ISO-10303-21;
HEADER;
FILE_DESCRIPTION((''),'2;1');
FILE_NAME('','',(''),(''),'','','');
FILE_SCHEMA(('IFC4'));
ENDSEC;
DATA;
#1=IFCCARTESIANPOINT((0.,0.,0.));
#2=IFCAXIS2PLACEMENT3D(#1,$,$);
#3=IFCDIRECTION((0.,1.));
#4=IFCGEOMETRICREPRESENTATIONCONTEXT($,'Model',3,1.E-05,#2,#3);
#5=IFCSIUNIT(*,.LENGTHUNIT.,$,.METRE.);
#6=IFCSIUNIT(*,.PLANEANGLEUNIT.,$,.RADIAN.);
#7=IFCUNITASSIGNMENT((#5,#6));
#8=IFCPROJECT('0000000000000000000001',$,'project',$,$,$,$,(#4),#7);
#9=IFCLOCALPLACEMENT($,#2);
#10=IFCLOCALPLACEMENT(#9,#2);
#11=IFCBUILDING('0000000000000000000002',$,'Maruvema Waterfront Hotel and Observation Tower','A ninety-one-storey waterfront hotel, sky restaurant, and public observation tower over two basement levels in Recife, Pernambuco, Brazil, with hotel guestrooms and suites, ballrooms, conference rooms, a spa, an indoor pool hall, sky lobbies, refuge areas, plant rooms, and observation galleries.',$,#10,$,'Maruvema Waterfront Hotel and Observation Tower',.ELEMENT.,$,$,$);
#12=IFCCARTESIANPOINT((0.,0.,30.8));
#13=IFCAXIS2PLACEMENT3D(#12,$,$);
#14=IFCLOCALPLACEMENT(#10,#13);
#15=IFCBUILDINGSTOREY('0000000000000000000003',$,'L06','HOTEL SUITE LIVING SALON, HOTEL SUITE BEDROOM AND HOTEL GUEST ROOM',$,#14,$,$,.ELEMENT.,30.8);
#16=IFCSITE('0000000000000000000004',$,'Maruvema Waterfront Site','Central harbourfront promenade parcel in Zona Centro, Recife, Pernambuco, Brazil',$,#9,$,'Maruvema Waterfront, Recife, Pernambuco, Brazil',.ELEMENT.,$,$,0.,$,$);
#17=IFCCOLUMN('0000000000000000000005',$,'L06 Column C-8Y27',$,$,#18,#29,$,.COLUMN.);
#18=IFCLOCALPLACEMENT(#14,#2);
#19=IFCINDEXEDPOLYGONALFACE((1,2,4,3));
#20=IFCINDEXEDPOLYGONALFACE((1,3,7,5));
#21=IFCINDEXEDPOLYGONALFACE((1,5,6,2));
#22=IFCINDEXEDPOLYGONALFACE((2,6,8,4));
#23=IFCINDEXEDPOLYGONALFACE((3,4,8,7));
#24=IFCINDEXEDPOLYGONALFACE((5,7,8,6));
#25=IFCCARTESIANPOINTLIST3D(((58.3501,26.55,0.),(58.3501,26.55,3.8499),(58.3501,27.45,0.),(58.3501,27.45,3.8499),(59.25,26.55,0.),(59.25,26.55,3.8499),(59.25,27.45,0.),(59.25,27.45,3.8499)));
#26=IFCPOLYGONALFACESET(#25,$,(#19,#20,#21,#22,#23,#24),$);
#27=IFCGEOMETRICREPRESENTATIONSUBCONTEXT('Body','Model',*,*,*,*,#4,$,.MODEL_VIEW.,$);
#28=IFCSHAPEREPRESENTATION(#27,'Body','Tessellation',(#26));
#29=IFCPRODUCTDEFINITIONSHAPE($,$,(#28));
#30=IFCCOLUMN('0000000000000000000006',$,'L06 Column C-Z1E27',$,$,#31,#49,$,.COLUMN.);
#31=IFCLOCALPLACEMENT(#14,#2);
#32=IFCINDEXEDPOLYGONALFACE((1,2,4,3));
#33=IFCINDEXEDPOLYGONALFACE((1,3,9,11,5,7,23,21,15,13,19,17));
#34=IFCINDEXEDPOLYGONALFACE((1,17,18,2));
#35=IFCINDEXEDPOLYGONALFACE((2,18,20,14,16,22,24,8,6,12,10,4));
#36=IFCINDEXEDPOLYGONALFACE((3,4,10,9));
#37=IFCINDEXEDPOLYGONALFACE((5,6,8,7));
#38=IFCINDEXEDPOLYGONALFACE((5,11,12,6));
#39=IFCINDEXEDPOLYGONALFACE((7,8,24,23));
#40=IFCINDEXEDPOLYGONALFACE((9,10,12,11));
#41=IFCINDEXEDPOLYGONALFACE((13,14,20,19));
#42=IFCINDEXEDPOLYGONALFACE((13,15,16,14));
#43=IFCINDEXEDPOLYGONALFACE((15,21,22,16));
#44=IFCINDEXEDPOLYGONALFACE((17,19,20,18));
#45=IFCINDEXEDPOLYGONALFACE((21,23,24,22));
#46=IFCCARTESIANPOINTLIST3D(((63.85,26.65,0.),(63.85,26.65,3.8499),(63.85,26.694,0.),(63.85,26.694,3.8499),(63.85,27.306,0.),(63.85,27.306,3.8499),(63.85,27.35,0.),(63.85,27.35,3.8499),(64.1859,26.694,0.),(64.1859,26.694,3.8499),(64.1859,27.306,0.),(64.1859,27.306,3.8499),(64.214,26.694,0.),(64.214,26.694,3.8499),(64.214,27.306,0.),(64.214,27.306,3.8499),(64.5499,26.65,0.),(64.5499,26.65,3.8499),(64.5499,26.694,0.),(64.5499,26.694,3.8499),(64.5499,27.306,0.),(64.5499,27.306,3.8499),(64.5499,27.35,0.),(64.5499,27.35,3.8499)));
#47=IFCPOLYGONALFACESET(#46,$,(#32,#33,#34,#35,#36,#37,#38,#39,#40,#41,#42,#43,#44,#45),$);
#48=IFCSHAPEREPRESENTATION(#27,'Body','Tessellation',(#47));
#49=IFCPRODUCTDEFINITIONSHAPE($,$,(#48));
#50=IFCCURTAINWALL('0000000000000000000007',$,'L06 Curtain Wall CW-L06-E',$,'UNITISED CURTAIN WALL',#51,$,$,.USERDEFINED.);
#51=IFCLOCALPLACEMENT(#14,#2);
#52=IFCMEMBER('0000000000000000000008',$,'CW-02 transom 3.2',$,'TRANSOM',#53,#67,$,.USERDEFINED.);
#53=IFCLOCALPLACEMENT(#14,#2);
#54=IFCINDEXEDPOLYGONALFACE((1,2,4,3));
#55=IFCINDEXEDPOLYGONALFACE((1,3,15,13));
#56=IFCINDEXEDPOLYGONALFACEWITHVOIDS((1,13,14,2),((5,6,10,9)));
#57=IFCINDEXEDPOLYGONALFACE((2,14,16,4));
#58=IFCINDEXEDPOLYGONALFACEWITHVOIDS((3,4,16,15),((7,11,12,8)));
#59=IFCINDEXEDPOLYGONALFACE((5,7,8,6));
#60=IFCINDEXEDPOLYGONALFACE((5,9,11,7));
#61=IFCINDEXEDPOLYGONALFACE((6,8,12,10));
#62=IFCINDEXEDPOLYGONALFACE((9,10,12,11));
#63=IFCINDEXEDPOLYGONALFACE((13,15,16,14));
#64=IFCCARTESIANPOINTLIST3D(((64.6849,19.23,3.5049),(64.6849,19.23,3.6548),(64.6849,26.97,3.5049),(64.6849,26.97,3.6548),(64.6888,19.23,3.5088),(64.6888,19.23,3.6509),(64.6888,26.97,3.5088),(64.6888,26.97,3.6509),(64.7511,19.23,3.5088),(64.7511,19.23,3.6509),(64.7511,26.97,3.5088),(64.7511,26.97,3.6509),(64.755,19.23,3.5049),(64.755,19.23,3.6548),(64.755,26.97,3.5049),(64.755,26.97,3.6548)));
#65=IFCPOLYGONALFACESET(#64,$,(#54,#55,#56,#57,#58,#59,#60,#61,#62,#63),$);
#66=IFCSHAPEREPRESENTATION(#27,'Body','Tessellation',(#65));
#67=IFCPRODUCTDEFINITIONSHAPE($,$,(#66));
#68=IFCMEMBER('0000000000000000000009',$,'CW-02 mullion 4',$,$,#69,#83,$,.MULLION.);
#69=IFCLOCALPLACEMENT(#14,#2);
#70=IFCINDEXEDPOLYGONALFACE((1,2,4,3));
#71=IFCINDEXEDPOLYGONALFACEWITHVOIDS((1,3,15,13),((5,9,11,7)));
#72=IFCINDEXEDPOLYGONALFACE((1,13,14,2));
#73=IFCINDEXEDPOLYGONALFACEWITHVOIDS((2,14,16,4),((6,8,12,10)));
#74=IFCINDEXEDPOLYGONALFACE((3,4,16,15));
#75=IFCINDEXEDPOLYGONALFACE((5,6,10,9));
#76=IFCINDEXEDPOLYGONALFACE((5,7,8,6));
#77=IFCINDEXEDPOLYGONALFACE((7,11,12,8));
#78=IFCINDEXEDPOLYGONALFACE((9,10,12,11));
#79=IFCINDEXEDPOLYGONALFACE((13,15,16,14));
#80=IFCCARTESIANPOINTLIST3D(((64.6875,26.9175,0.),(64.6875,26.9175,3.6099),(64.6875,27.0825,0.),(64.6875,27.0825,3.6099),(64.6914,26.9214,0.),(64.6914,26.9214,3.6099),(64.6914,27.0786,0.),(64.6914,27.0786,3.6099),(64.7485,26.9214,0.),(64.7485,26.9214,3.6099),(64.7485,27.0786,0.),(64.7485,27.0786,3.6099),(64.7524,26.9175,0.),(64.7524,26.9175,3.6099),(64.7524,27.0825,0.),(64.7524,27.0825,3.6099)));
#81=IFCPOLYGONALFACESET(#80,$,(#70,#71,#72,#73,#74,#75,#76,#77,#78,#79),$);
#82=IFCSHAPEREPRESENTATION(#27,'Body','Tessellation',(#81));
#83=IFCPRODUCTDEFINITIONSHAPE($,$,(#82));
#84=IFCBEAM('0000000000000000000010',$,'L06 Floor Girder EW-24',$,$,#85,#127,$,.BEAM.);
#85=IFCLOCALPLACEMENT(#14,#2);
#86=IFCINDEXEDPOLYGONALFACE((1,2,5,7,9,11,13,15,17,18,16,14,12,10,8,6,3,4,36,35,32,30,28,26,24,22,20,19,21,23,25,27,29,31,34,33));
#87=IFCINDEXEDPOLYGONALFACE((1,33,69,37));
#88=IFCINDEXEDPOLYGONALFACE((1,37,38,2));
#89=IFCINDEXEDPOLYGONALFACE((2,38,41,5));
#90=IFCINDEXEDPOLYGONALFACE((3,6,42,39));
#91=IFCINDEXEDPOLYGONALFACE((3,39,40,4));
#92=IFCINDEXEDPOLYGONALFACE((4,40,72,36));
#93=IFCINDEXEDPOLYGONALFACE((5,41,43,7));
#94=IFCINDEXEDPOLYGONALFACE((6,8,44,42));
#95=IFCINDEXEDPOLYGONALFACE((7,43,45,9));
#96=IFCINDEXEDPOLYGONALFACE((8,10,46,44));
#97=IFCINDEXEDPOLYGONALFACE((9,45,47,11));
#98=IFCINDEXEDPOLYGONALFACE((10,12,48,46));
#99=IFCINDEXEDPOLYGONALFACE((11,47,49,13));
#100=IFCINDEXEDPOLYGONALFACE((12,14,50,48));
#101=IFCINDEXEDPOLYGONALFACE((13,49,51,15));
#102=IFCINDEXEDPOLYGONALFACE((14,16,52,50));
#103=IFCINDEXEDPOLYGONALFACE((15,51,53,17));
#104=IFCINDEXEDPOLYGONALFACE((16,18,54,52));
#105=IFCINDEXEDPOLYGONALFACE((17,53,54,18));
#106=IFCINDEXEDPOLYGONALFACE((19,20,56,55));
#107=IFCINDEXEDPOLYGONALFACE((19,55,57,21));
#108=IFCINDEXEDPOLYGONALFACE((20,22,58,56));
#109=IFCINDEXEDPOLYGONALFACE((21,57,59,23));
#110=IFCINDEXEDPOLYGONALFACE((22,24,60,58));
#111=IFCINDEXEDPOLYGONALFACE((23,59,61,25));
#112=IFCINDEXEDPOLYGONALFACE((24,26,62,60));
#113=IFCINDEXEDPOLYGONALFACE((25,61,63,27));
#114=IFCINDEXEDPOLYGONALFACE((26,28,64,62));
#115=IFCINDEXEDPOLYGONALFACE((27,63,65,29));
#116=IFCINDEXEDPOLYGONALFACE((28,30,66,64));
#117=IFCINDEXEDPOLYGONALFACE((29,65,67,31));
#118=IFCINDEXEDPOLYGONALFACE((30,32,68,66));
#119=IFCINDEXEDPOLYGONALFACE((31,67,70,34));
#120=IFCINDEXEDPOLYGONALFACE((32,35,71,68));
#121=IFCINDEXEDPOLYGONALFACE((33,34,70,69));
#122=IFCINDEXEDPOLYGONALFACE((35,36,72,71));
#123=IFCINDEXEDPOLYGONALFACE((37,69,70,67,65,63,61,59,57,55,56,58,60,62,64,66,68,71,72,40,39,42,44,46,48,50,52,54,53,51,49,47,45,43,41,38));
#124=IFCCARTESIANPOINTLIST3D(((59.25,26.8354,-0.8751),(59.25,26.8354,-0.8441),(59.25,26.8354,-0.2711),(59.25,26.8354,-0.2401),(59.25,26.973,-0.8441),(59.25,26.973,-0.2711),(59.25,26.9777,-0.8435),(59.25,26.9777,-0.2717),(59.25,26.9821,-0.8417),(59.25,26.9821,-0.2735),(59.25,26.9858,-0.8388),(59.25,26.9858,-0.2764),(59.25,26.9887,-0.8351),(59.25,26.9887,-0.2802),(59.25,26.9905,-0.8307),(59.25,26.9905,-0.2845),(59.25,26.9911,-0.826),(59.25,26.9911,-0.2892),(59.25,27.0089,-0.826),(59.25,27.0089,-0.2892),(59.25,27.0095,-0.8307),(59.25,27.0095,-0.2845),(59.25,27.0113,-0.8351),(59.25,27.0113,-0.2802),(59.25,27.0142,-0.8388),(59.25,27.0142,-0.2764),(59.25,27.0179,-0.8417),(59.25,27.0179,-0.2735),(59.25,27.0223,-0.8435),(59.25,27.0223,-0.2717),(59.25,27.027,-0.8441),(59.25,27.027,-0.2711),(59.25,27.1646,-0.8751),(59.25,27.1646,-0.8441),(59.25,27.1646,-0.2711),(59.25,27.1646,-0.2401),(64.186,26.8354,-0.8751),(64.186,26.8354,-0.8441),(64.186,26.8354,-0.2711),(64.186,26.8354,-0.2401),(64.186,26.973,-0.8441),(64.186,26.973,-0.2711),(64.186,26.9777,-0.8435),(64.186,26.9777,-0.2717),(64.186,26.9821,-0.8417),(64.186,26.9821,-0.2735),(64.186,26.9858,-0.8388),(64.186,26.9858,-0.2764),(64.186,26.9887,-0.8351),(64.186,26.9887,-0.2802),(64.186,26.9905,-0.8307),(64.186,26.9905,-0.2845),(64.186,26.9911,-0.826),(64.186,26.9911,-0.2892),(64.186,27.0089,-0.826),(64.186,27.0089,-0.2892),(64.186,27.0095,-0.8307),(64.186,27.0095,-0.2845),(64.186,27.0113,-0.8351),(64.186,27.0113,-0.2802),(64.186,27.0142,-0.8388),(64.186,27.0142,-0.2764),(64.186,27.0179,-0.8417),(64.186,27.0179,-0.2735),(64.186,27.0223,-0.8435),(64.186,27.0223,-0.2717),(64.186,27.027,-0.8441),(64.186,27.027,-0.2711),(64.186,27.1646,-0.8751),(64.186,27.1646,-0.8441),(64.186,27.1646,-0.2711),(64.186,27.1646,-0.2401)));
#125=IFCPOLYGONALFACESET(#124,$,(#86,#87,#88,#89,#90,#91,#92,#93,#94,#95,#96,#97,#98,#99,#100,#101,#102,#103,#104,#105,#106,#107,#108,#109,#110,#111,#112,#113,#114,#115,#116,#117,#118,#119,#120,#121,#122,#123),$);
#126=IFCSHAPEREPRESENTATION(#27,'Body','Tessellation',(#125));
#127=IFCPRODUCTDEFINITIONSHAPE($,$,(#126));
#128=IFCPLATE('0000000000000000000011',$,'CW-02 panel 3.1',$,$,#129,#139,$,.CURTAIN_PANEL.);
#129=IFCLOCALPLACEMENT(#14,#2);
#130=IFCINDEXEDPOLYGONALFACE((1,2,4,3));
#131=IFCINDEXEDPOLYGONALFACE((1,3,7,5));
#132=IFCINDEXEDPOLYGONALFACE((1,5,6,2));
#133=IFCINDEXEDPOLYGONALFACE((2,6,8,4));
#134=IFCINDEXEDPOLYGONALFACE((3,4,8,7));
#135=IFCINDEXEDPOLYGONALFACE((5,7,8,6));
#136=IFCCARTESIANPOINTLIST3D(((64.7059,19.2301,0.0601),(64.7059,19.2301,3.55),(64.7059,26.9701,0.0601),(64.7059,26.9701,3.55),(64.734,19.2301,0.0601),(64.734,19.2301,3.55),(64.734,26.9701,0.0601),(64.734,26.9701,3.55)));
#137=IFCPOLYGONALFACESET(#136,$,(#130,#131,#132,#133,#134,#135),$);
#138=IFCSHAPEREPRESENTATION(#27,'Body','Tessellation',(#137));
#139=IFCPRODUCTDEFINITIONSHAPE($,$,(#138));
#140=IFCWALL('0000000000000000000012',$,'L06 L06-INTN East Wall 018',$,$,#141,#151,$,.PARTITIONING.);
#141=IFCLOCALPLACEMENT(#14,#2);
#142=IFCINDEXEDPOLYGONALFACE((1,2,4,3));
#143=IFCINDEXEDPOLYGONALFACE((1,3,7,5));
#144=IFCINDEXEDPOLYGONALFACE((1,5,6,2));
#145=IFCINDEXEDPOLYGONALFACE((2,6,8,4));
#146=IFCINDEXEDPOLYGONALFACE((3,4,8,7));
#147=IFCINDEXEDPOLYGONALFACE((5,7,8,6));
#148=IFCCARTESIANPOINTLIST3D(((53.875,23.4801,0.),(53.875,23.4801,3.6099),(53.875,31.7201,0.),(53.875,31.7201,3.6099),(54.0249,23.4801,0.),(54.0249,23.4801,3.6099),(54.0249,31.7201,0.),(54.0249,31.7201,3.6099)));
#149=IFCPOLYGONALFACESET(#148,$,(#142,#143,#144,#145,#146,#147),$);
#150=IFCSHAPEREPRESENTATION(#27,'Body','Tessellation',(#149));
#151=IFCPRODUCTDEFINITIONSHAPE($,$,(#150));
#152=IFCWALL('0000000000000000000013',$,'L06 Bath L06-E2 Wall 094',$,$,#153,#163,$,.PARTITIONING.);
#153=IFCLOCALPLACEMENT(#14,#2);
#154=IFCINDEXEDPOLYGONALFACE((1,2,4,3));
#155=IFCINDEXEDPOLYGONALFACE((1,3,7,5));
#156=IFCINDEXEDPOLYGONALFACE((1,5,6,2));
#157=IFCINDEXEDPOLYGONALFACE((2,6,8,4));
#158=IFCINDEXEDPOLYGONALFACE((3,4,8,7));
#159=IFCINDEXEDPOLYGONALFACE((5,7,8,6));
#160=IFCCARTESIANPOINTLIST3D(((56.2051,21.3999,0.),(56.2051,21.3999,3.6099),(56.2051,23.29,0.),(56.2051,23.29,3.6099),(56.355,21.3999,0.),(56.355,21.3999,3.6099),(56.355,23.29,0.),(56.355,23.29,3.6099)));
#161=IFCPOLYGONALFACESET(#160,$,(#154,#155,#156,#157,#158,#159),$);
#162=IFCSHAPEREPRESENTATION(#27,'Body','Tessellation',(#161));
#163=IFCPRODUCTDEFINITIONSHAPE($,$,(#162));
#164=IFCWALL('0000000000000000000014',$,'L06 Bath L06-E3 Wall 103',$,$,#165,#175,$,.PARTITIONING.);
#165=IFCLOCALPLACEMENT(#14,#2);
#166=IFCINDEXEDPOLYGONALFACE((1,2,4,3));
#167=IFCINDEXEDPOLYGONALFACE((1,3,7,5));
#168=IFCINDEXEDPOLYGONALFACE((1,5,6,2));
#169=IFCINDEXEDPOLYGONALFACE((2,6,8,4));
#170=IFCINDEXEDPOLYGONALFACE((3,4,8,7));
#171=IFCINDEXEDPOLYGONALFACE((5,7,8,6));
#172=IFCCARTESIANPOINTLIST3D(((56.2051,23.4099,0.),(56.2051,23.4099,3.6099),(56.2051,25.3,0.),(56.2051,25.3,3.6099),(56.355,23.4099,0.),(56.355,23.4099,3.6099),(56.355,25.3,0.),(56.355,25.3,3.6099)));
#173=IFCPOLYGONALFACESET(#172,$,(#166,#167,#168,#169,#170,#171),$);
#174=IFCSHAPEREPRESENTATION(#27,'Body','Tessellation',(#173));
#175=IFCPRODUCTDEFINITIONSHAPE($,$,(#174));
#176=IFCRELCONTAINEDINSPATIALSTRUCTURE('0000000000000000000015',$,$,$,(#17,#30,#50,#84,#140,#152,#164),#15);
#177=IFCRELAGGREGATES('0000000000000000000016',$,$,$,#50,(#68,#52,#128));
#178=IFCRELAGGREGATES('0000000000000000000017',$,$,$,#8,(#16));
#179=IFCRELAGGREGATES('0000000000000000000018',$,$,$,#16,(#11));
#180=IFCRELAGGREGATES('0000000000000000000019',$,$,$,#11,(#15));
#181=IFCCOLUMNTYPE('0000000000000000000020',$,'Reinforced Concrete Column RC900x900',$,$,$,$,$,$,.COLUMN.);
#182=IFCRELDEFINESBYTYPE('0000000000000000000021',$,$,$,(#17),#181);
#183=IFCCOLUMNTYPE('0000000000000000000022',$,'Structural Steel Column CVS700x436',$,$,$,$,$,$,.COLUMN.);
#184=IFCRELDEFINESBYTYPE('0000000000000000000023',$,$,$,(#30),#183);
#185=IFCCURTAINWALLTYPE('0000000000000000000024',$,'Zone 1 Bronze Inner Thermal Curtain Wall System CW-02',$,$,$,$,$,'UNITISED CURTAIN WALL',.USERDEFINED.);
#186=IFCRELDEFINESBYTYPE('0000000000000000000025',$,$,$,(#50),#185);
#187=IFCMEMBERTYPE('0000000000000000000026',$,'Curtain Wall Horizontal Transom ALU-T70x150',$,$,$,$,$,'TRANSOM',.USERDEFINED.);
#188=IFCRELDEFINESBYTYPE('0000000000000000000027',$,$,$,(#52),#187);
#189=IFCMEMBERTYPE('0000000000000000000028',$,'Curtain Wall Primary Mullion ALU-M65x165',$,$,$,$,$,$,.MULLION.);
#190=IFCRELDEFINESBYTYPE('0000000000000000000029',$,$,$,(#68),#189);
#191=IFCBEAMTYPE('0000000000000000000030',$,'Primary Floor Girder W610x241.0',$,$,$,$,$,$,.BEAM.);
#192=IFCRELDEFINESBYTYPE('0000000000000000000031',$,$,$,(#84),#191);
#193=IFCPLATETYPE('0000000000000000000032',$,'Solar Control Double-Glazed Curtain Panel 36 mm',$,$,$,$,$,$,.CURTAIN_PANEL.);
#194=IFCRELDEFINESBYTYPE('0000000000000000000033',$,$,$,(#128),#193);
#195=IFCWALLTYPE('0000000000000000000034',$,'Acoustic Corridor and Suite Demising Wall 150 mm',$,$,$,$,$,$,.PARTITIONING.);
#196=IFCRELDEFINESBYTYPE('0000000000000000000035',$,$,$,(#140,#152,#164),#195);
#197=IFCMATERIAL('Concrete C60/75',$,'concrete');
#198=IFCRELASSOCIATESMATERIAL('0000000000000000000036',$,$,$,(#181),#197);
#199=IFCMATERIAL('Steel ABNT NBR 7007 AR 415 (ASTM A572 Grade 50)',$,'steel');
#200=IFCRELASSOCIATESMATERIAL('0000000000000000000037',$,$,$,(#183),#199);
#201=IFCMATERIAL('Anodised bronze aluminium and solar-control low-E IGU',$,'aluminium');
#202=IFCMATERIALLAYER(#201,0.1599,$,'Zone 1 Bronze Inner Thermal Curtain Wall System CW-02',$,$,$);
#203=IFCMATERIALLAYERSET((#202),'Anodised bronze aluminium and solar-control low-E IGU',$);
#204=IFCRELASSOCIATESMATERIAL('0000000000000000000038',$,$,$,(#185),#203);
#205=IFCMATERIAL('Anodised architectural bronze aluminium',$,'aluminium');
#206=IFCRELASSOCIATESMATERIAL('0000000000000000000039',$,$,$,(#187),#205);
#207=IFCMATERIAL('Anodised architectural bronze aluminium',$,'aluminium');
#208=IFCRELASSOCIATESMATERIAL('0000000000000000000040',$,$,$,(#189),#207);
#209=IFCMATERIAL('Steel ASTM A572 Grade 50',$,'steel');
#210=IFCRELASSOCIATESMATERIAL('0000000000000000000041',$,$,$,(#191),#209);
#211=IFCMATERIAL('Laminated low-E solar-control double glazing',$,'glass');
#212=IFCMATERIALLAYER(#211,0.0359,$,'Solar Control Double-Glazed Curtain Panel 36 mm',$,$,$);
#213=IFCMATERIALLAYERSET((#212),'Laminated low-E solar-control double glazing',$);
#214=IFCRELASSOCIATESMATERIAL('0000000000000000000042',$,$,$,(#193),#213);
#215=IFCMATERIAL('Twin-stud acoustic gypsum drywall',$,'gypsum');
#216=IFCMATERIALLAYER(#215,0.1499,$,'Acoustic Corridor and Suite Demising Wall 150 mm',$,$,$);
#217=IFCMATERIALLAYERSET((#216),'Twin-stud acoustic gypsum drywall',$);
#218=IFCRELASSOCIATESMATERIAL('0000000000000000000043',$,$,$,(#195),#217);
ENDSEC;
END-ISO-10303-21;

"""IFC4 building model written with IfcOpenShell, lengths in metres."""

from ifc_helpers import new_model, si_unit, direction, frame, frame_2d, origin, origin_2d, place, context, subcontext, project, spatial, rectangle, hollow_rectangle, i_section, extrude, material, layer, layer_set, material_profile, profile_set, type_object, element, aggregate, save


model = new_model("IFC4")

# Units and contexts
model_context = context("Model", 3, precision=1e-05, world=origin(), true_north=direction((0.0, 1.0)))
body_context = subcontext(model_context, "Body", "Model", "MODEL_VIEW")
ifc_project = project(units=[si_unit("LENGTHUNIT", "METRE"), si_unit("PLANEANGLEUNIT", "RADIAN")], contexts=[model_context])

# Site, building, storey
site_placement = place(None, origin())
site = spatial("IfcSite", under=ifc_project, at=site_placement, Name="Maruvema Waterfront Site", Description="Central harbourfront promenade parcel in Zona Centro, Recife, Pernambuco, Brazil", LongName="Maruvema Waterfront, Recife, Pernambuco, Brazil", CompositionType="ELEMENT", RefElevation=0.0)
building_placement = place(site_placement, origin())
building = spatial("IfcBuilding", under=site, at=building_placement, Name="Maruvema Waterfront Hotel and Observation Tower", Description="A ninety-one-storey waterfront hotel, sky restaurant, and public observation tower over two basement levels in Recife, Pernambuco, Brazil, with hotel guestrooms and suites, ballrooms, conference rooms, a spa, an indoor pool hall, sky lobbies, refuge areas, plant rooms, and observation galleries.", LongName="Maruvema Waterfront Hotel and Observation Tower", CompositionType="ELEMENT")
storey_placement = place(building_placement, frame((0.0, 0.0, 30.8)))
storey = spatial("IfcBuildingStorey", under=building, at=storey_placement, Name="L06", Description="HOTEL SUITE LIVING SALON, HOTEL SUITE BEDROOM AND HOTEL GUEST ROOM", CompositionType="ELEMENT", Elevation=30.8)

# Columns
ifc_material_1 = material(Name="Concrete C60/75", Category="concrete")
ifc_material_profile_1 = material_profile(ifc_material_1, rectangle(XDim=0.8999, YDim=0.8999, at=origin_2d()), Name="RC900x900")
ifc_profile_set_1 = profile_set([ifc_material_profile_1], Name="Concrete C60/75")
column_type_1 = type_object("IfcColumnType", Name="Reinforced Concrete Column RC900x900", PredefinedType="COLUMN", material=ifc_profile_set_1)
column_1_placement = place(storey_placement, frame((58.8, 27.0, 0.0), z_axis=(0.0, 0.0, 1.0), x_axis=(1.0, 0.0, 0.0)))
element("IfcColumn", 1, at=column_1_placement, inside=storey, type_object=column_type_1, Name="L06 Column C-8Y27", PredefinedType="COLUMN", context=body_context, shape_type="SweptSolid", body=[
    extrude(rectangle(XDim=0.8999, YDim=0.8999, at=origin_2d()), origin(), (0.0, 0.0, 1.0), 3.8499),
])
ifc_material_2 = material(Name="Steel ABNT NBR 7007 AR 415 (ASTM A572 Grade 50)", Category="steel")
ifc_material_profile_2 = material_profile(ifc_material_2, i_section(OverallWidth=0.7, OverallDepth=0.7, WebThickness=0.0281, FlangeThickness=0.0439, at=origin_2d()), Name="CVS700x436")
ifc_profile_set_2 = profile_set([ifc_material_profile_2], Name="Steel ABNT NBR 7007 AR 415 (ASTM A572 Grade 50)")
column_type_2 = type_object("IfcColumnType", Name="Structural Steel Column CVS700x436", PredefinedType="COLUMN", material=ifc_profile_set_2)
column_2_placement = place(storey_placement, frame((64.2, 27.0, 0.0), z_axis=(0.0, 0.0, 1.0), x_axis=(1.0, 0.0, 0.0)))
element("IfcColumn", 2, at=column_2_placement, inside=storey, type_object=column_type_2, Name="L06 Column C-Z1E27", PredefinedType="COLUMN", context=body_context, shape_type="SweptSolid", body=[
    extrude(i_section(OverallWidth=0.7, OverallDepth=0.7, WebThickness=0.0281, FlangeThickness=0.0439, at=origin_2d()), origin(), (0.0, 0.0, 1.0), 3.8499),
])

# Curtain wall, members
ifc_material_3 = material(Name="Anodised bronze aluminium and solar-control low-E IGU", Category="aluminium")
ifc_layer_1 = layer(ifc_material_3, 0.1599, Name="Zone 1 Bronze Inner Thermal Curtain Wall System CW-02")
ifc_layer_set_1 = layer_set([ifc_layer_1], Name="Anodised bronze aluminium and solar-control low-E IGU")
curtain_wall_type = type_object("IfcCurtainWallType", Name="Zone 1 Bronze Inner Thermal Curtain Wall System CW-02", ElementType="UNITISED CURTAIN WALL", PredefinedType="USERDEFINED", material=ifc_layer_set_1)
curtain_wall_placement = place(storey_placement, origin())
curtain_wall = element("IfcCurtainWall", 3, at=curtain_wall_placement, inside=storey, type_object=curtain_wall_type, Name="L06 Curtain Wall CW-L06-E", ObjectType="UNITISED CURTAIN WALL", PredefinedType="USERDEFINED")
ifc_material_4 = material(Name="Anodised architectural bronze aluminium", Category="aluminium")
ifc_material_profile_3 = material_profile(ifc_material_4, hollow_rectangle(XDim=0.0701, YDim=0.1499, WallThickness=0.0039, at=origin_2d()), Name="ALU-T70x150")
ifc_profile_set_3 = profile_set([ifc_material_profile_3], Name="Anodised architectural bronze aluminium")
member_type_1 = type_object("IfcMemberType", Name="Curtain Wall Horizontal Transom ALU-T70x150", ElementType="TRANSOM", PredefinedType="USERDEFINED", material=ifc_profile_set_3)
member_1_placement = place(storey_placement, frame((64.72, 19.23, 3.5798), z_axis=(0.0, 1.0, 0.0), x_axis=(-1.0, 0.0, 0.0)))
member_1 = element("IfcMember", 4, at=member_1_placement, type_object=member_type_1, Name="CW-02 transom 3.2", ObjectType="TRANSOM", PredefinedType="USERDEFINED", context=body_context, shape_type="SweptSolid", body=[
    extrude(hollow_rectangle(XDim=0.0701, YDim=0.1499, WallThickness=0.0039, at=origin_2d()), origin(), (0.0, 0.0, 1.0), 7.74),
])
ifc_material_5 = material(Name="Anodised architectural bronze aluminium", Category="aluminium")
ifc_material_profile_4 = material_profile(ifc_material_5, hollow_rectangle(XDim=0.0649, YDim=0.165, WallThickness=0.0039, at=origin_2d()), Name="ALU-M65x165")
ifc_profile_set_4 = profile_set([ifc_material_profile_4], Name="Anodised architectural bronze aluminium")
member_type_2 = type_object("IfcMemberType", Name="Curtain Wall Primary Mullion ALU-M65x165", PredefinedType="MULLION", material=ifc_profile_set_4)
member_2_placement = place(storey_placement, frame((64.72, 27.0, 0.0), z_axis=(0.0, 0.0, 1.0), x_axis=(-1.0, 0.0, 0.0)))
member_2 = element("IfcMember", 5, at=member_2_placement, type_object=member_type_2, Name="CW-02 mullion 4", PredefinedType="MULLION", context=body_context, shape_type="SweptSolid", body=[
    extrude(hollow_rectangle(XDim=0.0649, YDim=0.165, WallThickness=0.0039, at=origin_2d()), origin(), (0.0, 0.0, 1.0), 3.6099),
])

# Beam
ifc_material_6 = material(Name="Steel ASTM A572 Grade 50", Category="steel")
ifc_material_profile_5 = material_profile(ifc_material_6, i_section(OverallWidth=0.3291, OverallDepth=0.635, WebThickness=0.0178, FlangeThickness=0.031, FilletRadius=0.0181, at=origin_2d()), Name="W610x241.0")
ifc_profile_set_5 = profile_set([ifc_material_profile_5], Name="Steel ASTM A572 Grade 50")
beam_type = type_object("IfcBeamType", Name="Primary Floor Girder W610x241.0", PredefinedType="BEAM", material=ifc_profile_set_5)
beam_placement = place(storey_placement, frame((59.25, 27.0, -0.5576), z_axis=(1.0, 0.0, 0.0), x_axis=(0.0, 1.0, 0.0)))
element("IfcBeam", 6, at=beam_placement, inside=storey, type_object=beam_type, Name="L06 Floor Girder EW-24", PredefinedType="BEAM", context=body_context, shape_type="SweptSolid", body=[
    extrude(i_section(OverallWidth=0.3291, OverallDepth=0.635, WebThickness=0.0178, FlangeThickness=0.031, FilletRadius=0.0181, at=origin_2d()), origin(), (0.0, 0.0, 1.0), 4.936),
])

# Plate
ifc_material_7 = material(Name="Laminated low-E solar-control double glazing", Category="glass")
ifc_layer_2 = layer(ifc_material_7, 0.0359, Name="Solar Control Double-Glazed Curtain Panel 36 mm")
ifc_layer_set_2 = layer_set([ifc_layer_2], Name="Laminated low-E solar-control double glazing")
plate_type = type_object("IfcPlateType", Name="Solar Control Double-Glazed Curtain Panel 36 mm", PredefinedType="CURTAIN_PANEL", material=ifc_layer_set_2)
plate_placement = place(storey_placement, frame((64.72, 23.1001, 0.0601), z_axis=(0.0, 0.0, 1.0), x_axis=(0.0, 1.0, 0.0)))
plate = element("IfcPlate", 7, at=plate_placement, type_object=plate_type, Name="CW-02 panel 3.1", PredefinedType="CURTAIN_PANEL", context=body_context, shape_type="SweptSolid", body=[
    extrude(rectangle(XDim=7.74, YDim=0.0281, at=origin_2d()), origin(), (0.0, 0.0, 1.0), 3.49),
])
aggregate(curtain_wall, [member_2, member_1, plate])

# Walls
ifc_material_8 = material(Name="Twin-stud acoustic gypsum drywall", Category="gypsum")
ifc_layer_3 = layer(ifc_material_8, 0.1499, Name="Acoustic Corridor and Suite Demising Wall 150 mm")
ifc_layer_set_3 = layer_set([ifc_layer_3], Name="Twin-stud acoustic gypsum drywall")
wall_type_1 = type_object("IfcWallType", Name="Acoustic Corridor and Suite Demising Wall 150 mm", PredefinedType="PARTITIONING", material=ifc_layer_set_3)
wall_1_placement = place(storey_placement, frame((53.95, 23.48, 0.0), z_axis=(0.0, 0.0, 1.0), x_axis=(0.0, 1.0, 0.0)))
element("IfcWall", 8, at=wall_1_placement, inside=storey, type_object=wall_type_1, Name="L06 L06-INTN East Wall 018", PredefinedType="PARTITIONING", context=body_context, shape_type="SweptSolid", body=[
    extrude(rectangle(XDim=8.24, YDim=0.1499, at=frame_2d((4.1201, 0.0))), origin(), (0.0, 0.0, 1.0), 3.6099),
])
for number, where, z_axis, x_axis, name in (
    (9, (56.28, 21.3999, 0.0), (0.0, 0.0, 1.0), (0.0, 1.0, 0.0), "L06 Bath L06-E2 Wall 094"),
    (10, (56.28, 23.4099, 0.0), (0.0, 0.0, 1.0), (0.0, 1.0, 0.0), "L06 Bath L06-E3 Wall 103"),
):
    element("IfcWall", number, at=place(storey_placement, frame(where, z_axis=z_axis, x_axis=x_axis)), inside=storey, type_object=wall_type_1, Name=name, PredefinedType="PARTITIONING", context=body_context, shape_type="SweptSolid", body=[
        extrude(rectangle(XDim=1.8901, YDim=0.1499, at=frame_2d((0.9451, 0.0))), origin(), (0.0, 0.0, 1.0), 3.6099),
    ])

save(model, "model.ifc")
